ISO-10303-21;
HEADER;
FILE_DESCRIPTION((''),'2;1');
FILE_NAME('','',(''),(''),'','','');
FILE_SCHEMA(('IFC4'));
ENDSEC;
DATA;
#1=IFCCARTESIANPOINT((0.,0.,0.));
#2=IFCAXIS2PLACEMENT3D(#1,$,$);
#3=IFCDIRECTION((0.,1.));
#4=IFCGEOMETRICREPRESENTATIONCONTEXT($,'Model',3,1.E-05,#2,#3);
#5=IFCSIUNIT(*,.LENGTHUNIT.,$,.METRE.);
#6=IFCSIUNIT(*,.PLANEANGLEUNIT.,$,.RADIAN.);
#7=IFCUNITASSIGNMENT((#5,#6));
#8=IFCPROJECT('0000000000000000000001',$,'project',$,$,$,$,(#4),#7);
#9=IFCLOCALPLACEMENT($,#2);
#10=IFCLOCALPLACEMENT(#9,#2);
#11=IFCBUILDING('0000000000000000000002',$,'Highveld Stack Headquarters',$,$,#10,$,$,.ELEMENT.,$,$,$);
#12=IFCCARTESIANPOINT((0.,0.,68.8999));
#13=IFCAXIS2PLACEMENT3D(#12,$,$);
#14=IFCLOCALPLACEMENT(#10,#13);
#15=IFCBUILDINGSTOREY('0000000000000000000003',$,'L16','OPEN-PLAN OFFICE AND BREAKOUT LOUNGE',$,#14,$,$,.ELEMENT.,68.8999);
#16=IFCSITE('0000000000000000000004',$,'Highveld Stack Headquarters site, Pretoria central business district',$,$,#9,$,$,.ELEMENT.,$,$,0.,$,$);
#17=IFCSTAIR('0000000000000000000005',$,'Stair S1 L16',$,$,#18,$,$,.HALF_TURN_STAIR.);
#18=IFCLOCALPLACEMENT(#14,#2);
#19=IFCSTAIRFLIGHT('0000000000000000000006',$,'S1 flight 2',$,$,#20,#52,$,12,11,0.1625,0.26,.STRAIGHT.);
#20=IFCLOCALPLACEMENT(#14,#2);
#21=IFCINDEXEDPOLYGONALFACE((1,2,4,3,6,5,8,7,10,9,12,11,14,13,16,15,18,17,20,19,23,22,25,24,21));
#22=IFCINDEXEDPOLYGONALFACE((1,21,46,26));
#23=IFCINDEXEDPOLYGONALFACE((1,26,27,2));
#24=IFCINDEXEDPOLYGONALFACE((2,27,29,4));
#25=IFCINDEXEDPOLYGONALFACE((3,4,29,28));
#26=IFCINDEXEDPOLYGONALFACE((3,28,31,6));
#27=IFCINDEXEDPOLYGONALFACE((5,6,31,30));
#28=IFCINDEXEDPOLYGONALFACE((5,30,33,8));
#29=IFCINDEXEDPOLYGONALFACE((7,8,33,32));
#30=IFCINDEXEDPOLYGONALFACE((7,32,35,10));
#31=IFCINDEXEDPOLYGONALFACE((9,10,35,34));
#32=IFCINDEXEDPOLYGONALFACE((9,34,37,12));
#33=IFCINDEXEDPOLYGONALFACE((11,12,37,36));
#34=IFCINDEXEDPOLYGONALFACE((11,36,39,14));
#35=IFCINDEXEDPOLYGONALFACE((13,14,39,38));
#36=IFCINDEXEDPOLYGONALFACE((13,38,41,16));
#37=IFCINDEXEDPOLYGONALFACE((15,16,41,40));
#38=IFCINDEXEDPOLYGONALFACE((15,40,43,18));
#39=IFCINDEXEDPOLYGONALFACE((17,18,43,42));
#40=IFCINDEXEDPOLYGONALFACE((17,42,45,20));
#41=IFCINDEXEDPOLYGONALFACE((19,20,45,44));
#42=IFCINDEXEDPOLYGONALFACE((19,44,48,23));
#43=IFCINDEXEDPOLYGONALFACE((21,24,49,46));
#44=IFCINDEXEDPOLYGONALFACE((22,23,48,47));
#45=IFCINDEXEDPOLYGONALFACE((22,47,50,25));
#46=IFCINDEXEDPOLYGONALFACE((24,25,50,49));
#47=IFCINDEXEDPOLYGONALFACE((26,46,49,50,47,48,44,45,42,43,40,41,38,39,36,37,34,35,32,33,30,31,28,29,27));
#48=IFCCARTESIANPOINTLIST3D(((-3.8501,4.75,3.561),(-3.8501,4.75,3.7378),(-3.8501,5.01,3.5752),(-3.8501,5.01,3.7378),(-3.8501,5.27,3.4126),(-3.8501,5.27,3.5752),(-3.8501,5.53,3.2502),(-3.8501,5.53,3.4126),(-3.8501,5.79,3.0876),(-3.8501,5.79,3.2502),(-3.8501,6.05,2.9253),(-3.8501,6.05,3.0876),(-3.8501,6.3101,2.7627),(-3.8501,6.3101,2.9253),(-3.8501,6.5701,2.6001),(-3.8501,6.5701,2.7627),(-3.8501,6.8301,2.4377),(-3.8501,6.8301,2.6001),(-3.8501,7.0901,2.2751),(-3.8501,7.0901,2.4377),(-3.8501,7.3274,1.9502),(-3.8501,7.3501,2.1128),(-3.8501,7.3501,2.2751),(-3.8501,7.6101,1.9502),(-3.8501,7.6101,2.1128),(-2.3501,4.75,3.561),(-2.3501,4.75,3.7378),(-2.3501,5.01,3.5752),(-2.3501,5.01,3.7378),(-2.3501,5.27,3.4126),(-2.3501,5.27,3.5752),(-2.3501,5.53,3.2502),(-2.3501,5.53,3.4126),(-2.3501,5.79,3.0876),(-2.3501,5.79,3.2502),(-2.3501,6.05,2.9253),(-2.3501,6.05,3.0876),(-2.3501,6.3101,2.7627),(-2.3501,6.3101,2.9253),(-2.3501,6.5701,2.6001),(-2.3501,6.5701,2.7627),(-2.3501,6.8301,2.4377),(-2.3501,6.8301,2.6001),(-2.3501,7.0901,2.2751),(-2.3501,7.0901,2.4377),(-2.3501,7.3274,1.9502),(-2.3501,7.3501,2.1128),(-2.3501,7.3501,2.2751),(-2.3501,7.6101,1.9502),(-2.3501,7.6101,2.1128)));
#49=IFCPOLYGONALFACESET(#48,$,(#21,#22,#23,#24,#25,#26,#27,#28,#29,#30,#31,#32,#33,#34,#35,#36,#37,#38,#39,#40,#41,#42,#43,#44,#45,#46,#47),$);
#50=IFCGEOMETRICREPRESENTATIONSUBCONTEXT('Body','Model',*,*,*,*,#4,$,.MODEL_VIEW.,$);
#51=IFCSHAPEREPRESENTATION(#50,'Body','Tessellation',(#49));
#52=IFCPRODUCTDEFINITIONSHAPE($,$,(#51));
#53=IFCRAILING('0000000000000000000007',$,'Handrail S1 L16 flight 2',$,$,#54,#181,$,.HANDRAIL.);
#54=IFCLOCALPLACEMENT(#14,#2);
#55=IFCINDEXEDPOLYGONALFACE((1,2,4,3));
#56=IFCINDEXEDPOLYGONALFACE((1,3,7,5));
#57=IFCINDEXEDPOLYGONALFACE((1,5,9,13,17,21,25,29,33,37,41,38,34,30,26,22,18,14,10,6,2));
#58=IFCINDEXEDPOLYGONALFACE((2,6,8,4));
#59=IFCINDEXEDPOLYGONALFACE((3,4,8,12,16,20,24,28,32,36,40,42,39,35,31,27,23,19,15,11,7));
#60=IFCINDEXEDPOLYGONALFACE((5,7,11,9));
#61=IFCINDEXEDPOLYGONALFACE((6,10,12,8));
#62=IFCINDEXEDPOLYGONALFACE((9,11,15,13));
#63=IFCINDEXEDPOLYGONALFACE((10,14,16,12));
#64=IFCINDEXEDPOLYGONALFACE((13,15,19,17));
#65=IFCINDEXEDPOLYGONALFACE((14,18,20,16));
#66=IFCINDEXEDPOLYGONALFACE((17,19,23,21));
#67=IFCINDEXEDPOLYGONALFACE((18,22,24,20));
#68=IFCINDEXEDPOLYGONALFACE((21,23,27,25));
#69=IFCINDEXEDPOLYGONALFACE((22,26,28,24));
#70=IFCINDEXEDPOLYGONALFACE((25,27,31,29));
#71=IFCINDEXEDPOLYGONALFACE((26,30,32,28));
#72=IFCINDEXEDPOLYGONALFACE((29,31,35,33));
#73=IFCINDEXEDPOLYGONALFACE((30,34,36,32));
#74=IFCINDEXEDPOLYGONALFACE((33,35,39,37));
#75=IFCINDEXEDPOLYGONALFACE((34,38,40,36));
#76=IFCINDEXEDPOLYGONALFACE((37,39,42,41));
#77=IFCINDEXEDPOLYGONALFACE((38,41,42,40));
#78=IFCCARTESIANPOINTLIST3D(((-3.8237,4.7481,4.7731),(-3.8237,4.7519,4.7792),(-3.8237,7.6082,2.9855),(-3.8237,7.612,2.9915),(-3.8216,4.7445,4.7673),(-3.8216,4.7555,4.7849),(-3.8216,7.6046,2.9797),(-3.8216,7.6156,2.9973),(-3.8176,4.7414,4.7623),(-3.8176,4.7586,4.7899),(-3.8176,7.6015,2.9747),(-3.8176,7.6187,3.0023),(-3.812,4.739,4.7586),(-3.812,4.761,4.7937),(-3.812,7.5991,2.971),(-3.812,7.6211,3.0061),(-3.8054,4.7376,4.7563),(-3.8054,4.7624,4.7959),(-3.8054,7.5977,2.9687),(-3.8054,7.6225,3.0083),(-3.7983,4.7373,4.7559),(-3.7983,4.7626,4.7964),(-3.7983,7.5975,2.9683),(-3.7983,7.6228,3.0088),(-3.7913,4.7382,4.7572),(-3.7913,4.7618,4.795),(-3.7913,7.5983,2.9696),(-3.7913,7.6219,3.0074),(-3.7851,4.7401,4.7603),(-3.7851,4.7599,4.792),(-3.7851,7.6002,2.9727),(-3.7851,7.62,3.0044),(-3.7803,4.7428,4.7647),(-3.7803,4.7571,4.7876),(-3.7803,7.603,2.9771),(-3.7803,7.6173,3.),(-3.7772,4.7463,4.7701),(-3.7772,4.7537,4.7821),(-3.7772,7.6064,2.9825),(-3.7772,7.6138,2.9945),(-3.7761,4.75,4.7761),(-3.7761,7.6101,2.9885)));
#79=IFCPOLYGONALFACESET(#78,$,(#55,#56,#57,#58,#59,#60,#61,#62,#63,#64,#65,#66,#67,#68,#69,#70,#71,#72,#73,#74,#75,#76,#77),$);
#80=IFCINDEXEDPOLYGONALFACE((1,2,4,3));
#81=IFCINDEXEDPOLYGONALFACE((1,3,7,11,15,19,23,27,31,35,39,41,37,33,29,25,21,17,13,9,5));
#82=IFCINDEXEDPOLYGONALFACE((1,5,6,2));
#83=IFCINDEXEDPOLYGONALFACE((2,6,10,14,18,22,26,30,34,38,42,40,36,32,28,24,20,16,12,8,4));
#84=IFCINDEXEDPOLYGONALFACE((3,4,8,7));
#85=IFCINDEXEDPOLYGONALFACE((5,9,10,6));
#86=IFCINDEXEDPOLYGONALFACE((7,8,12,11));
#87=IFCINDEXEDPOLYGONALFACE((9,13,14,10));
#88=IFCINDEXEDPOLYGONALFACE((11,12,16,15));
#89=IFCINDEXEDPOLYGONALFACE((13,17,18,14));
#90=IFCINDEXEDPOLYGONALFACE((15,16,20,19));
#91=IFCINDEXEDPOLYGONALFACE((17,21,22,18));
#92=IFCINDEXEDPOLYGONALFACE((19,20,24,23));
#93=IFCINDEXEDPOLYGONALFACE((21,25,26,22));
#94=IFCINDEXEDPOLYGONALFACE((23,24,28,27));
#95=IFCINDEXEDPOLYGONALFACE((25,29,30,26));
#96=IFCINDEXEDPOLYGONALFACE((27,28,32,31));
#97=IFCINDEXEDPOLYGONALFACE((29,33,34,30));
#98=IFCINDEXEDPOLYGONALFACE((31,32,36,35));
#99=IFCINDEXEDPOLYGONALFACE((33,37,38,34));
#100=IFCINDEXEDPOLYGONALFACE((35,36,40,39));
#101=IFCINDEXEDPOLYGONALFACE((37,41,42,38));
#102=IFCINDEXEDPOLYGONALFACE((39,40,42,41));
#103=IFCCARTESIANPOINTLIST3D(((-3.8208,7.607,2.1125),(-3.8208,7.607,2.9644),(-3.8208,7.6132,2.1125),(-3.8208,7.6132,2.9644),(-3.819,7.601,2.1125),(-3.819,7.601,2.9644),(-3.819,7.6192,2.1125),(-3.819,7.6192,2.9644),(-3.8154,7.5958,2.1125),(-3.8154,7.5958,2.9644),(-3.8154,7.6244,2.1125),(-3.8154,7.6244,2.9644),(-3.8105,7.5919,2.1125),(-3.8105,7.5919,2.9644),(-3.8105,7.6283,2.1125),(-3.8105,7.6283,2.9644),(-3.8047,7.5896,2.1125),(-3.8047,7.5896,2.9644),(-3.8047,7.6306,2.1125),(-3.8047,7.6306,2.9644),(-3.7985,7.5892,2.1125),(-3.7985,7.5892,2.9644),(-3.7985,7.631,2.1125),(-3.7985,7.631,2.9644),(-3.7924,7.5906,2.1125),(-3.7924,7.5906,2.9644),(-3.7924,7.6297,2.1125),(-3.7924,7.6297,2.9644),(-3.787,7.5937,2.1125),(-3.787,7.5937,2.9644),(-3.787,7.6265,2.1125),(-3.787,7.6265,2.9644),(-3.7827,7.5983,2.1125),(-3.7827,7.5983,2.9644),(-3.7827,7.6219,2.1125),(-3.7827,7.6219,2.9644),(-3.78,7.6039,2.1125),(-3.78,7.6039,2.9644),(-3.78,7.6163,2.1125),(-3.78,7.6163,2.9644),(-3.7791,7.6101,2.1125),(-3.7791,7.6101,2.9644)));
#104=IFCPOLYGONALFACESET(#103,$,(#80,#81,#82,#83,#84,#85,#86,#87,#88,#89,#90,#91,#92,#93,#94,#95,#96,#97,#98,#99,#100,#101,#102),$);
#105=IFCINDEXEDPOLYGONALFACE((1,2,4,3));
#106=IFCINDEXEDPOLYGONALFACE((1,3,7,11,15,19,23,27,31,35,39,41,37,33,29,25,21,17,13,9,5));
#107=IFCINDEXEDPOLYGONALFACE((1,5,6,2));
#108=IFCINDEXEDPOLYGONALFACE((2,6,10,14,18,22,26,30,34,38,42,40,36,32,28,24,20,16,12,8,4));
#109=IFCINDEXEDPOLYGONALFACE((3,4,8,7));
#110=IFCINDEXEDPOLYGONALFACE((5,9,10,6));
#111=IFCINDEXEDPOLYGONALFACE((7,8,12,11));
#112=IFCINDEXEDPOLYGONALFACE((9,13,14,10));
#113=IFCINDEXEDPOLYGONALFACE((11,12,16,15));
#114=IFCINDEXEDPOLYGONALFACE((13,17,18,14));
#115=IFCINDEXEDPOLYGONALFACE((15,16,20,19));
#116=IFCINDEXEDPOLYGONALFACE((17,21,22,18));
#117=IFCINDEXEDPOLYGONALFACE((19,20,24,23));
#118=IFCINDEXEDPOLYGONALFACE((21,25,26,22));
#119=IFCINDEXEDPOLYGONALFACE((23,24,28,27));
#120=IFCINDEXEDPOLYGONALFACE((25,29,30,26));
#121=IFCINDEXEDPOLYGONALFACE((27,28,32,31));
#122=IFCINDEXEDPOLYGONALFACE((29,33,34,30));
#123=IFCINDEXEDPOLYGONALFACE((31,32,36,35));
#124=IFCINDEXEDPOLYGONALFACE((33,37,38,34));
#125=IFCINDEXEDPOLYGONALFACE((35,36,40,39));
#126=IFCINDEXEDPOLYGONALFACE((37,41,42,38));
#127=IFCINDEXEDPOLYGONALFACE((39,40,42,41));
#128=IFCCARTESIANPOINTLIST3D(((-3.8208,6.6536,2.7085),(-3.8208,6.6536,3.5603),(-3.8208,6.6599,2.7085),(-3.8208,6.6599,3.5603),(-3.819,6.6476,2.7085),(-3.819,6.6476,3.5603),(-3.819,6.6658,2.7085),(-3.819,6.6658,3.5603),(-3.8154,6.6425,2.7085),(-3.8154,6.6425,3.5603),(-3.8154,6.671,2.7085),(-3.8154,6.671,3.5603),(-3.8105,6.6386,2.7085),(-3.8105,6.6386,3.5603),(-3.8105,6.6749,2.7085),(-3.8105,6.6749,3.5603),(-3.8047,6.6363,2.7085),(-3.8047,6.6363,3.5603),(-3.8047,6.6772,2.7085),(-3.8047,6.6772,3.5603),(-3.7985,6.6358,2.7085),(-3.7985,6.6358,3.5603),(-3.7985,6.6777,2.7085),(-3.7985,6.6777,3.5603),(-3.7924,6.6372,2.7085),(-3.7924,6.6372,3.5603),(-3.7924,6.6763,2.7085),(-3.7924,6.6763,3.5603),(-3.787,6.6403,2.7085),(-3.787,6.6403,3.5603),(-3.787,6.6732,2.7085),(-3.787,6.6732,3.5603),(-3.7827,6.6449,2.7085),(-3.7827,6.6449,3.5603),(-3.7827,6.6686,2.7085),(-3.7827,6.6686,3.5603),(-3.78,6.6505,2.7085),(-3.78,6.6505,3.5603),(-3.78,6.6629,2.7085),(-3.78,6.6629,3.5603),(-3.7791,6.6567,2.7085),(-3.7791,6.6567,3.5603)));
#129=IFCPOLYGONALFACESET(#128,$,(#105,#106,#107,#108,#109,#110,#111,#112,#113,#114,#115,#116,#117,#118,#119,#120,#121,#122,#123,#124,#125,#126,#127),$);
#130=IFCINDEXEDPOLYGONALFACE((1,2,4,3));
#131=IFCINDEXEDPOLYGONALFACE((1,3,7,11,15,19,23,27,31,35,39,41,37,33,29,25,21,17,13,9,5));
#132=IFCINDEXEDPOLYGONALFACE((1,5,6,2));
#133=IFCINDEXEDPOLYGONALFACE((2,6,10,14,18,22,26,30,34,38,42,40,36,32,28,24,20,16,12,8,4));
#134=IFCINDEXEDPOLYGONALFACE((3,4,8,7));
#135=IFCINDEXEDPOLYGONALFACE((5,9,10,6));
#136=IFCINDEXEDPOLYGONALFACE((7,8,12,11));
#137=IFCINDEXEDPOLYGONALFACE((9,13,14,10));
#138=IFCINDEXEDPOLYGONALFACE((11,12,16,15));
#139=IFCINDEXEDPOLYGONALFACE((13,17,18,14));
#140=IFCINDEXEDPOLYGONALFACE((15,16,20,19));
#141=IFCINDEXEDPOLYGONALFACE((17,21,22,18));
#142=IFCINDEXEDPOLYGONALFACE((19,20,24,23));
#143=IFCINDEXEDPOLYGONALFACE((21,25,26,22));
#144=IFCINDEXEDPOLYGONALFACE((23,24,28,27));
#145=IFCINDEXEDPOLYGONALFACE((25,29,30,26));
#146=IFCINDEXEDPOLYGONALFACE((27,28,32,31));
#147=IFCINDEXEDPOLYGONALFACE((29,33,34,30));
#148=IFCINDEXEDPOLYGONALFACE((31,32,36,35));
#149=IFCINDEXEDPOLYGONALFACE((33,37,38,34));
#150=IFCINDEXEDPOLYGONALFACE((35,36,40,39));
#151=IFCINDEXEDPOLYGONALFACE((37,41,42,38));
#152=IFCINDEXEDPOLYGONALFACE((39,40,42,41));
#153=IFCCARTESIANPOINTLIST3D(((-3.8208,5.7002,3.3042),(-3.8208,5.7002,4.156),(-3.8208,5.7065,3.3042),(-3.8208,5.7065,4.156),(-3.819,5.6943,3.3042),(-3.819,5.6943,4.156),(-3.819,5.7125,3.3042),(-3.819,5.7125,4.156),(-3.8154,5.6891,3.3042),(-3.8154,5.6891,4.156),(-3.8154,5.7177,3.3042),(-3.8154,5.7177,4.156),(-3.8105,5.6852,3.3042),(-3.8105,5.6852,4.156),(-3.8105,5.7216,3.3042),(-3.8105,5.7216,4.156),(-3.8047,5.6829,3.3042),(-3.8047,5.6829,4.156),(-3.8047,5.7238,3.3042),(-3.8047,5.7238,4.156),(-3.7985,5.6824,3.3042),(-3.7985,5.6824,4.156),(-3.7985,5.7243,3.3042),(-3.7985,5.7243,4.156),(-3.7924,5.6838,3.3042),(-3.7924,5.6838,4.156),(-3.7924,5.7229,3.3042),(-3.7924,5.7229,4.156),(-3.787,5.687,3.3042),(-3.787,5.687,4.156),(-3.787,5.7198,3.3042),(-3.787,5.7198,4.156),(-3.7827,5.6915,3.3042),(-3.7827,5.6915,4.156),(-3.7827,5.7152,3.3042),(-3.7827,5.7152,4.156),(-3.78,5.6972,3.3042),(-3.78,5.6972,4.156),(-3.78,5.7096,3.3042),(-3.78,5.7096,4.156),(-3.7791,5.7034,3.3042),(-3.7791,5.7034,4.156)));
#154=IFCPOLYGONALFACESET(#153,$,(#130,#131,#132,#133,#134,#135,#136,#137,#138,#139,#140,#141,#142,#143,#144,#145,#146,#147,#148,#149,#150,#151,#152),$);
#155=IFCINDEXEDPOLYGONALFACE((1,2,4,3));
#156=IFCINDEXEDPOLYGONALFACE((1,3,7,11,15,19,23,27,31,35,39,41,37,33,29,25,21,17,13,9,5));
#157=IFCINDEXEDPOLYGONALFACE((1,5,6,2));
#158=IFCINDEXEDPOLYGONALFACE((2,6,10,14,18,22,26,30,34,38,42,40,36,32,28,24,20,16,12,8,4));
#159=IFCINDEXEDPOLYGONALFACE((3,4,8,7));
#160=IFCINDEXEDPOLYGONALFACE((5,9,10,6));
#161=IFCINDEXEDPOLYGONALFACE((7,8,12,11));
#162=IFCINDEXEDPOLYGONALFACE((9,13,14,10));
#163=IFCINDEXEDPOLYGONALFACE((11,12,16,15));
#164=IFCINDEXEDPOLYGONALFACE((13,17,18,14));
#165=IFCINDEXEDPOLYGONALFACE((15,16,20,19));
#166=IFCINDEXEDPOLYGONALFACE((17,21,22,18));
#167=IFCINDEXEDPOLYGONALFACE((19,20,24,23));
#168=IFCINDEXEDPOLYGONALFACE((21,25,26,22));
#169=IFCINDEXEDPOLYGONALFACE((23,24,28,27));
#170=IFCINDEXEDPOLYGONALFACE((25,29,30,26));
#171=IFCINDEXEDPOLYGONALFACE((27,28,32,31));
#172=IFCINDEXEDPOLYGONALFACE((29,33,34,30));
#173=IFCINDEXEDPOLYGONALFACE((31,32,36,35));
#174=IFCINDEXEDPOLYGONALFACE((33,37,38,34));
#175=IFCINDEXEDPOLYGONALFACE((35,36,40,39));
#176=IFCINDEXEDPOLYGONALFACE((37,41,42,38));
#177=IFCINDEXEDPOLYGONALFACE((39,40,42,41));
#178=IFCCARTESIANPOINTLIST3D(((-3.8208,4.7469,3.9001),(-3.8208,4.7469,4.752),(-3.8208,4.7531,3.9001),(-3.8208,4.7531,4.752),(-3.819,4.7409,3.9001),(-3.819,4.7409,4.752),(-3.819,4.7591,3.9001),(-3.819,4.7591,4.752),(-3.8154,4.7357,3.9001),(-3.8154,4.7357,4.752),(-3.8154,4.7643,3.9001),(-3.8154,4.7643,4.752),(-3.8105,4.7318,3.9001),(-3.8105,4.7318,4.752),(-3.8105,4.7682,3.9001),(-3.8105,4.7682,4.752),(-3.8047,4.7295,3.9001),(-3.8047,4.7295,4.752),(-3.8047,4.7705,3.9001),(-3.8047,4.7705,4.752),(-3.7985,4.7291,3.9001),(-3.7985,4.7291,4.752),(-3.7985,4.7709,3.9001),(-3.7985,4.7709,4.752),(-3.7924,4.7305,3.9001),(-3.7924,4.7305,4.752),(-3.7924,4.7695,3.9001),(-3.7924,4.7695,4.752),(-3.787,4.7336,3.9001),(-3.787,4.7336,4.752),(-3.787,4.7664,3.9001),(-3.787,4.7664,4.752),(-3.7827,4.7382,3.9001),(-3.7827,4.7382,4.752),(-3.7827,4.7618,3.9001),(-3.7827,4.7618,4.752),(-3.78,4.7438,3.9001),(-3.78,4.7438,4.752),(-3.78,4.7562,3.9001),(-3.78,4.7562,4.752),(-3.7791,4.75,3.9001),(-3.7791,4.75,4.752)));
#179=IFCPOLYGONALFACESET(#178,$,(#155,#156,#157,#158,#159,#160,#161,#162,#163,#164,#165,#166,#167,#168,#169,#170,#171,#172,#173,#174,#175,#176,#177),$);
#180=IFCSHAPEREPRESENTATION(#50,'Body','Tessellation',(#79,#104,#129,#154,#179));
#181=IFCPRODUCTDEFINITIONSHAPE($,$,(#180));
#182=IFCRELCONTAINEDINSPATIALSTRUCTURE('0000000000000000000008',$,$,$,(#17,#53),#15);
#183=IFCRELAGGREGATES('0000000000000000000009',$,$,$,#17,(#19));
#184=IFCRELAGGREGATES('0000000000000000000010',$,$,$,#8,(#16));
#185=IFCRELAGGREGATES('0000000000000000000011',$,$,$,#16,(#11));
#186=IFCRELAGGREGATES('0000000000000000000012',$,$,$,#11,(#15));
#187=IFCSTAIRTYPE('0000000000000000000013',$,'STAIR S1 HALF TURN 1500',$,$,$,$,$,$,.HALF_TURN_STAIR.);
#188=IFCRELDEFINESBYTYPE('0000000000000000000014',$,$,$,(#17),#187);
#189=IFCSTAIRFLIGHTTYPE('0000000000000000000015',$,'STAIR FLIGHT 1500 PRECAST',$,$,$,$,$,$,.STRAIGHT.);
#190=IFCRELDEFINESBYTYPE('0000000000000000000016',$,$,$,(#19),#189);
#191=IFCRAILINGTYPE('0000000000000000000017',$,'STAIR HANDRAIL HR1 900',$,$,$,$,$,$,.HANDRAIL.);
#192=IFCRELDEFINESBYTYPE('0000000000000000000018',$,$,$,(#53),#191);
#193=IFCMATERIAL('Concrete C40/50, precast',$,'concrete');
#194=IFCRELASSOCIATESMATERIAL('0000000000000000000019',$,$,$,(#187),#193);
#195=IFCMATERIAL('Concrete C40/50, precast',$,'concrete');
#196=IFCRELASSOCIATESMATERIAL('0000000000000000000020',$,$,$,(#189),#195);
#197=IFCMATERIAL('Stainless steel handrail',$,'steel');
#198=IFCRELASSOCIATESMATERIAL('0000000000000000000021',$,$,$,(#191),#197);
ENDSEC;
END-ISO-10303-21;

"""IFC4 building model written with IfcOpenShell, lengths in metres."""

from ifc_helpers import new_model, si_unit, direction, frame, origin, origin_2d, place, context, subcontext, project, spatial, polyline, circle, outline, extrude, material, type_object, element, aggregate, save


model = new_model("IFC4")

# Units and contexts
model_context = context("Model", 3, precision=1e-05, world=origin(), true_north=direction((0.0, 1.0)))
body_context = subcontext(model_context, "Body", "Model", "MODEL_VIEW")
ifc_project = project(units=[si_unit("LENGTHUNIT", "METRE"), si_unit("PLANEANGLEUNIT", "RADIAN")], contexts=[model_context])

# Site, building, storey
site_placement = place(None, origin())
site = spatial("IfcSite", under=ifc_project, at=site_placement, Name="Highveld Stack Headquarters site, Pretoria central business district", CompositionType="ELEMENT", RefElevation=0.0)
building_placement = place(site_placement, origin())
building = spatial("IfcBuilding", under=site, at=building_placement, Name="Highveld Stack Headquarters", CompositionType="ELEMENT")
storey_placement = place(building_placement, frame((0.0, 0.0, 68.8999)))
storey = spatial("IfcBuildingStorey", under=building, at=storey_placement, Name="L16", Description="OPEN-PLAN OFFICE AND BREAKOUT LOUNGE", CompositionType="ELEMENT", Elevation=68.8999)

# Stair, stair flight
ifc_material_1 = material(Name="Concrete C40/50, precast", Category="concrete")
stair_type = type_object("IfcStairType", Name="STAIR S1 HALF TURN 1500", PredefinedType="HALF_TURN_STAIR", material=ifc_material_1)
stair_placement = place(storey_placement, origin())
stair = element("IfcStair", 1, at=stair_placement, inside=storey, type_object=stair_type, Name="Stair S1 L16", PredefinedType="HALF_TURN_STAIR")
ifc_material_2 = material(Name="Concrete C40/50, precast", Category="concrete")
stair_flight_type = type_object("IfcStairFlightType", Name="STAIR FLIGHT 1500 PRECAST", PredefinedType="STRAIGHT", material=ifc_material_2)
stair_flight_placement = place(storey_placement, frame((-3.1001, 7.6101, 1.9502), z_axis=(0.0, 0.0, 1.0), x_axis=(0.0, -1.0, 0.0)))
stair_flight = element("IfcStairFlight", 2, at=stair_flight_placement, type_object=stair_flight_type, Name="S1 flight 2", NumberOfRisers=12, NumberOfTreads=11, PredefinedType="STRAIGHT", RiserHeight=0.1625, TreadLength=0.26, context=body_context, shape_type="SweptSolid", body=[
    extrude(outline(polyline([(0.0, 0.0), (0.0, 0.1626), (0.26, 0.1626), (0.26, 0.325), (0.52, 0.325), (0.52, 0.4875), (0.78, 0.4875), (0.78, 0.6499), (1.04, 0.6499), (1.04, 0.8125), (1.3, 0.8125), (1.3, 0.9751), (1.5601, 0.9751), (1.5601, 1.1375), (1.8201, 1.1375), (1.8201, 1.3), (2.0801, 1.3), (2.0801, 1.4624), (2.3401, 1.4624), (2.3401, 1.625), (2.6001, 1.625), (2.6001, 1.7876), (2.8601, 1.7876), (2.8601, 1.95), (2.8601, 1.6108), (0.2827, 0.0), (0.0, 0.0)])), frame((0.0, 0.75, 0.0), z_axis=(0.0, -1.0, 0.0), x_axis=(1.0, 0.0, 0.0)), (0.0, 0.0, 1.0), 1.5),
])
aggregate(stair, [stair_flight])

# Railing
ifc_material_3 = material(Name="Stainless steel handrail", Category="steel")
railing_type = type_object("IfcRailingType", Name="STAIR HANDRAIL HR1 900", PredefinedType="HANDRAIL", material=ifc_material_3)
for number, where, name in (
    (3, (-3.8, 7.6101, 2.1125), "Handrail S1 L16 flight 2"),
):
    element("IfcRailing", number, at=place(storey_placement, frame(where)), inside=storey, type_object=railing_type, Name=name, PredefinedType="HANDRAIL", context=body_context, shape_type="SweptSolid", body=[
        extrude(circle(Radius=0.0239, at=origin_2d()), frame((0.0, 0.0, 0.876), z_axis=(0.0, -0.847994, 0.530005), x_axis=(1.0, 0.0, 0.0)), (0.0, 0.0, 1.0), 3.3728),
        extrude(circle(Radius=0.021, at=origin_2d()), origin(), (0.0, 0.0, 1.0), 0.8518),
        extrude(circle(Radius=0.021, at=origin_2d()), frame((0.0, -0.9534, 0.5959)), (0.0, 0.0, 1.0), 0.8518),
        extrude(circle(Radius=0.021, at=origin_2d()), frame((0.0, -1.9067, 1.1917)), (0.0, 0.0, 1.0), 0.8518),
        extrude(circle(Radius=0.021, at=origin_2d()), frame((0.0, -2.8601, 1.7876)), (0.0, 0.0, 1.0), 0.8518),
    ])

save(model, "model.ifc")
